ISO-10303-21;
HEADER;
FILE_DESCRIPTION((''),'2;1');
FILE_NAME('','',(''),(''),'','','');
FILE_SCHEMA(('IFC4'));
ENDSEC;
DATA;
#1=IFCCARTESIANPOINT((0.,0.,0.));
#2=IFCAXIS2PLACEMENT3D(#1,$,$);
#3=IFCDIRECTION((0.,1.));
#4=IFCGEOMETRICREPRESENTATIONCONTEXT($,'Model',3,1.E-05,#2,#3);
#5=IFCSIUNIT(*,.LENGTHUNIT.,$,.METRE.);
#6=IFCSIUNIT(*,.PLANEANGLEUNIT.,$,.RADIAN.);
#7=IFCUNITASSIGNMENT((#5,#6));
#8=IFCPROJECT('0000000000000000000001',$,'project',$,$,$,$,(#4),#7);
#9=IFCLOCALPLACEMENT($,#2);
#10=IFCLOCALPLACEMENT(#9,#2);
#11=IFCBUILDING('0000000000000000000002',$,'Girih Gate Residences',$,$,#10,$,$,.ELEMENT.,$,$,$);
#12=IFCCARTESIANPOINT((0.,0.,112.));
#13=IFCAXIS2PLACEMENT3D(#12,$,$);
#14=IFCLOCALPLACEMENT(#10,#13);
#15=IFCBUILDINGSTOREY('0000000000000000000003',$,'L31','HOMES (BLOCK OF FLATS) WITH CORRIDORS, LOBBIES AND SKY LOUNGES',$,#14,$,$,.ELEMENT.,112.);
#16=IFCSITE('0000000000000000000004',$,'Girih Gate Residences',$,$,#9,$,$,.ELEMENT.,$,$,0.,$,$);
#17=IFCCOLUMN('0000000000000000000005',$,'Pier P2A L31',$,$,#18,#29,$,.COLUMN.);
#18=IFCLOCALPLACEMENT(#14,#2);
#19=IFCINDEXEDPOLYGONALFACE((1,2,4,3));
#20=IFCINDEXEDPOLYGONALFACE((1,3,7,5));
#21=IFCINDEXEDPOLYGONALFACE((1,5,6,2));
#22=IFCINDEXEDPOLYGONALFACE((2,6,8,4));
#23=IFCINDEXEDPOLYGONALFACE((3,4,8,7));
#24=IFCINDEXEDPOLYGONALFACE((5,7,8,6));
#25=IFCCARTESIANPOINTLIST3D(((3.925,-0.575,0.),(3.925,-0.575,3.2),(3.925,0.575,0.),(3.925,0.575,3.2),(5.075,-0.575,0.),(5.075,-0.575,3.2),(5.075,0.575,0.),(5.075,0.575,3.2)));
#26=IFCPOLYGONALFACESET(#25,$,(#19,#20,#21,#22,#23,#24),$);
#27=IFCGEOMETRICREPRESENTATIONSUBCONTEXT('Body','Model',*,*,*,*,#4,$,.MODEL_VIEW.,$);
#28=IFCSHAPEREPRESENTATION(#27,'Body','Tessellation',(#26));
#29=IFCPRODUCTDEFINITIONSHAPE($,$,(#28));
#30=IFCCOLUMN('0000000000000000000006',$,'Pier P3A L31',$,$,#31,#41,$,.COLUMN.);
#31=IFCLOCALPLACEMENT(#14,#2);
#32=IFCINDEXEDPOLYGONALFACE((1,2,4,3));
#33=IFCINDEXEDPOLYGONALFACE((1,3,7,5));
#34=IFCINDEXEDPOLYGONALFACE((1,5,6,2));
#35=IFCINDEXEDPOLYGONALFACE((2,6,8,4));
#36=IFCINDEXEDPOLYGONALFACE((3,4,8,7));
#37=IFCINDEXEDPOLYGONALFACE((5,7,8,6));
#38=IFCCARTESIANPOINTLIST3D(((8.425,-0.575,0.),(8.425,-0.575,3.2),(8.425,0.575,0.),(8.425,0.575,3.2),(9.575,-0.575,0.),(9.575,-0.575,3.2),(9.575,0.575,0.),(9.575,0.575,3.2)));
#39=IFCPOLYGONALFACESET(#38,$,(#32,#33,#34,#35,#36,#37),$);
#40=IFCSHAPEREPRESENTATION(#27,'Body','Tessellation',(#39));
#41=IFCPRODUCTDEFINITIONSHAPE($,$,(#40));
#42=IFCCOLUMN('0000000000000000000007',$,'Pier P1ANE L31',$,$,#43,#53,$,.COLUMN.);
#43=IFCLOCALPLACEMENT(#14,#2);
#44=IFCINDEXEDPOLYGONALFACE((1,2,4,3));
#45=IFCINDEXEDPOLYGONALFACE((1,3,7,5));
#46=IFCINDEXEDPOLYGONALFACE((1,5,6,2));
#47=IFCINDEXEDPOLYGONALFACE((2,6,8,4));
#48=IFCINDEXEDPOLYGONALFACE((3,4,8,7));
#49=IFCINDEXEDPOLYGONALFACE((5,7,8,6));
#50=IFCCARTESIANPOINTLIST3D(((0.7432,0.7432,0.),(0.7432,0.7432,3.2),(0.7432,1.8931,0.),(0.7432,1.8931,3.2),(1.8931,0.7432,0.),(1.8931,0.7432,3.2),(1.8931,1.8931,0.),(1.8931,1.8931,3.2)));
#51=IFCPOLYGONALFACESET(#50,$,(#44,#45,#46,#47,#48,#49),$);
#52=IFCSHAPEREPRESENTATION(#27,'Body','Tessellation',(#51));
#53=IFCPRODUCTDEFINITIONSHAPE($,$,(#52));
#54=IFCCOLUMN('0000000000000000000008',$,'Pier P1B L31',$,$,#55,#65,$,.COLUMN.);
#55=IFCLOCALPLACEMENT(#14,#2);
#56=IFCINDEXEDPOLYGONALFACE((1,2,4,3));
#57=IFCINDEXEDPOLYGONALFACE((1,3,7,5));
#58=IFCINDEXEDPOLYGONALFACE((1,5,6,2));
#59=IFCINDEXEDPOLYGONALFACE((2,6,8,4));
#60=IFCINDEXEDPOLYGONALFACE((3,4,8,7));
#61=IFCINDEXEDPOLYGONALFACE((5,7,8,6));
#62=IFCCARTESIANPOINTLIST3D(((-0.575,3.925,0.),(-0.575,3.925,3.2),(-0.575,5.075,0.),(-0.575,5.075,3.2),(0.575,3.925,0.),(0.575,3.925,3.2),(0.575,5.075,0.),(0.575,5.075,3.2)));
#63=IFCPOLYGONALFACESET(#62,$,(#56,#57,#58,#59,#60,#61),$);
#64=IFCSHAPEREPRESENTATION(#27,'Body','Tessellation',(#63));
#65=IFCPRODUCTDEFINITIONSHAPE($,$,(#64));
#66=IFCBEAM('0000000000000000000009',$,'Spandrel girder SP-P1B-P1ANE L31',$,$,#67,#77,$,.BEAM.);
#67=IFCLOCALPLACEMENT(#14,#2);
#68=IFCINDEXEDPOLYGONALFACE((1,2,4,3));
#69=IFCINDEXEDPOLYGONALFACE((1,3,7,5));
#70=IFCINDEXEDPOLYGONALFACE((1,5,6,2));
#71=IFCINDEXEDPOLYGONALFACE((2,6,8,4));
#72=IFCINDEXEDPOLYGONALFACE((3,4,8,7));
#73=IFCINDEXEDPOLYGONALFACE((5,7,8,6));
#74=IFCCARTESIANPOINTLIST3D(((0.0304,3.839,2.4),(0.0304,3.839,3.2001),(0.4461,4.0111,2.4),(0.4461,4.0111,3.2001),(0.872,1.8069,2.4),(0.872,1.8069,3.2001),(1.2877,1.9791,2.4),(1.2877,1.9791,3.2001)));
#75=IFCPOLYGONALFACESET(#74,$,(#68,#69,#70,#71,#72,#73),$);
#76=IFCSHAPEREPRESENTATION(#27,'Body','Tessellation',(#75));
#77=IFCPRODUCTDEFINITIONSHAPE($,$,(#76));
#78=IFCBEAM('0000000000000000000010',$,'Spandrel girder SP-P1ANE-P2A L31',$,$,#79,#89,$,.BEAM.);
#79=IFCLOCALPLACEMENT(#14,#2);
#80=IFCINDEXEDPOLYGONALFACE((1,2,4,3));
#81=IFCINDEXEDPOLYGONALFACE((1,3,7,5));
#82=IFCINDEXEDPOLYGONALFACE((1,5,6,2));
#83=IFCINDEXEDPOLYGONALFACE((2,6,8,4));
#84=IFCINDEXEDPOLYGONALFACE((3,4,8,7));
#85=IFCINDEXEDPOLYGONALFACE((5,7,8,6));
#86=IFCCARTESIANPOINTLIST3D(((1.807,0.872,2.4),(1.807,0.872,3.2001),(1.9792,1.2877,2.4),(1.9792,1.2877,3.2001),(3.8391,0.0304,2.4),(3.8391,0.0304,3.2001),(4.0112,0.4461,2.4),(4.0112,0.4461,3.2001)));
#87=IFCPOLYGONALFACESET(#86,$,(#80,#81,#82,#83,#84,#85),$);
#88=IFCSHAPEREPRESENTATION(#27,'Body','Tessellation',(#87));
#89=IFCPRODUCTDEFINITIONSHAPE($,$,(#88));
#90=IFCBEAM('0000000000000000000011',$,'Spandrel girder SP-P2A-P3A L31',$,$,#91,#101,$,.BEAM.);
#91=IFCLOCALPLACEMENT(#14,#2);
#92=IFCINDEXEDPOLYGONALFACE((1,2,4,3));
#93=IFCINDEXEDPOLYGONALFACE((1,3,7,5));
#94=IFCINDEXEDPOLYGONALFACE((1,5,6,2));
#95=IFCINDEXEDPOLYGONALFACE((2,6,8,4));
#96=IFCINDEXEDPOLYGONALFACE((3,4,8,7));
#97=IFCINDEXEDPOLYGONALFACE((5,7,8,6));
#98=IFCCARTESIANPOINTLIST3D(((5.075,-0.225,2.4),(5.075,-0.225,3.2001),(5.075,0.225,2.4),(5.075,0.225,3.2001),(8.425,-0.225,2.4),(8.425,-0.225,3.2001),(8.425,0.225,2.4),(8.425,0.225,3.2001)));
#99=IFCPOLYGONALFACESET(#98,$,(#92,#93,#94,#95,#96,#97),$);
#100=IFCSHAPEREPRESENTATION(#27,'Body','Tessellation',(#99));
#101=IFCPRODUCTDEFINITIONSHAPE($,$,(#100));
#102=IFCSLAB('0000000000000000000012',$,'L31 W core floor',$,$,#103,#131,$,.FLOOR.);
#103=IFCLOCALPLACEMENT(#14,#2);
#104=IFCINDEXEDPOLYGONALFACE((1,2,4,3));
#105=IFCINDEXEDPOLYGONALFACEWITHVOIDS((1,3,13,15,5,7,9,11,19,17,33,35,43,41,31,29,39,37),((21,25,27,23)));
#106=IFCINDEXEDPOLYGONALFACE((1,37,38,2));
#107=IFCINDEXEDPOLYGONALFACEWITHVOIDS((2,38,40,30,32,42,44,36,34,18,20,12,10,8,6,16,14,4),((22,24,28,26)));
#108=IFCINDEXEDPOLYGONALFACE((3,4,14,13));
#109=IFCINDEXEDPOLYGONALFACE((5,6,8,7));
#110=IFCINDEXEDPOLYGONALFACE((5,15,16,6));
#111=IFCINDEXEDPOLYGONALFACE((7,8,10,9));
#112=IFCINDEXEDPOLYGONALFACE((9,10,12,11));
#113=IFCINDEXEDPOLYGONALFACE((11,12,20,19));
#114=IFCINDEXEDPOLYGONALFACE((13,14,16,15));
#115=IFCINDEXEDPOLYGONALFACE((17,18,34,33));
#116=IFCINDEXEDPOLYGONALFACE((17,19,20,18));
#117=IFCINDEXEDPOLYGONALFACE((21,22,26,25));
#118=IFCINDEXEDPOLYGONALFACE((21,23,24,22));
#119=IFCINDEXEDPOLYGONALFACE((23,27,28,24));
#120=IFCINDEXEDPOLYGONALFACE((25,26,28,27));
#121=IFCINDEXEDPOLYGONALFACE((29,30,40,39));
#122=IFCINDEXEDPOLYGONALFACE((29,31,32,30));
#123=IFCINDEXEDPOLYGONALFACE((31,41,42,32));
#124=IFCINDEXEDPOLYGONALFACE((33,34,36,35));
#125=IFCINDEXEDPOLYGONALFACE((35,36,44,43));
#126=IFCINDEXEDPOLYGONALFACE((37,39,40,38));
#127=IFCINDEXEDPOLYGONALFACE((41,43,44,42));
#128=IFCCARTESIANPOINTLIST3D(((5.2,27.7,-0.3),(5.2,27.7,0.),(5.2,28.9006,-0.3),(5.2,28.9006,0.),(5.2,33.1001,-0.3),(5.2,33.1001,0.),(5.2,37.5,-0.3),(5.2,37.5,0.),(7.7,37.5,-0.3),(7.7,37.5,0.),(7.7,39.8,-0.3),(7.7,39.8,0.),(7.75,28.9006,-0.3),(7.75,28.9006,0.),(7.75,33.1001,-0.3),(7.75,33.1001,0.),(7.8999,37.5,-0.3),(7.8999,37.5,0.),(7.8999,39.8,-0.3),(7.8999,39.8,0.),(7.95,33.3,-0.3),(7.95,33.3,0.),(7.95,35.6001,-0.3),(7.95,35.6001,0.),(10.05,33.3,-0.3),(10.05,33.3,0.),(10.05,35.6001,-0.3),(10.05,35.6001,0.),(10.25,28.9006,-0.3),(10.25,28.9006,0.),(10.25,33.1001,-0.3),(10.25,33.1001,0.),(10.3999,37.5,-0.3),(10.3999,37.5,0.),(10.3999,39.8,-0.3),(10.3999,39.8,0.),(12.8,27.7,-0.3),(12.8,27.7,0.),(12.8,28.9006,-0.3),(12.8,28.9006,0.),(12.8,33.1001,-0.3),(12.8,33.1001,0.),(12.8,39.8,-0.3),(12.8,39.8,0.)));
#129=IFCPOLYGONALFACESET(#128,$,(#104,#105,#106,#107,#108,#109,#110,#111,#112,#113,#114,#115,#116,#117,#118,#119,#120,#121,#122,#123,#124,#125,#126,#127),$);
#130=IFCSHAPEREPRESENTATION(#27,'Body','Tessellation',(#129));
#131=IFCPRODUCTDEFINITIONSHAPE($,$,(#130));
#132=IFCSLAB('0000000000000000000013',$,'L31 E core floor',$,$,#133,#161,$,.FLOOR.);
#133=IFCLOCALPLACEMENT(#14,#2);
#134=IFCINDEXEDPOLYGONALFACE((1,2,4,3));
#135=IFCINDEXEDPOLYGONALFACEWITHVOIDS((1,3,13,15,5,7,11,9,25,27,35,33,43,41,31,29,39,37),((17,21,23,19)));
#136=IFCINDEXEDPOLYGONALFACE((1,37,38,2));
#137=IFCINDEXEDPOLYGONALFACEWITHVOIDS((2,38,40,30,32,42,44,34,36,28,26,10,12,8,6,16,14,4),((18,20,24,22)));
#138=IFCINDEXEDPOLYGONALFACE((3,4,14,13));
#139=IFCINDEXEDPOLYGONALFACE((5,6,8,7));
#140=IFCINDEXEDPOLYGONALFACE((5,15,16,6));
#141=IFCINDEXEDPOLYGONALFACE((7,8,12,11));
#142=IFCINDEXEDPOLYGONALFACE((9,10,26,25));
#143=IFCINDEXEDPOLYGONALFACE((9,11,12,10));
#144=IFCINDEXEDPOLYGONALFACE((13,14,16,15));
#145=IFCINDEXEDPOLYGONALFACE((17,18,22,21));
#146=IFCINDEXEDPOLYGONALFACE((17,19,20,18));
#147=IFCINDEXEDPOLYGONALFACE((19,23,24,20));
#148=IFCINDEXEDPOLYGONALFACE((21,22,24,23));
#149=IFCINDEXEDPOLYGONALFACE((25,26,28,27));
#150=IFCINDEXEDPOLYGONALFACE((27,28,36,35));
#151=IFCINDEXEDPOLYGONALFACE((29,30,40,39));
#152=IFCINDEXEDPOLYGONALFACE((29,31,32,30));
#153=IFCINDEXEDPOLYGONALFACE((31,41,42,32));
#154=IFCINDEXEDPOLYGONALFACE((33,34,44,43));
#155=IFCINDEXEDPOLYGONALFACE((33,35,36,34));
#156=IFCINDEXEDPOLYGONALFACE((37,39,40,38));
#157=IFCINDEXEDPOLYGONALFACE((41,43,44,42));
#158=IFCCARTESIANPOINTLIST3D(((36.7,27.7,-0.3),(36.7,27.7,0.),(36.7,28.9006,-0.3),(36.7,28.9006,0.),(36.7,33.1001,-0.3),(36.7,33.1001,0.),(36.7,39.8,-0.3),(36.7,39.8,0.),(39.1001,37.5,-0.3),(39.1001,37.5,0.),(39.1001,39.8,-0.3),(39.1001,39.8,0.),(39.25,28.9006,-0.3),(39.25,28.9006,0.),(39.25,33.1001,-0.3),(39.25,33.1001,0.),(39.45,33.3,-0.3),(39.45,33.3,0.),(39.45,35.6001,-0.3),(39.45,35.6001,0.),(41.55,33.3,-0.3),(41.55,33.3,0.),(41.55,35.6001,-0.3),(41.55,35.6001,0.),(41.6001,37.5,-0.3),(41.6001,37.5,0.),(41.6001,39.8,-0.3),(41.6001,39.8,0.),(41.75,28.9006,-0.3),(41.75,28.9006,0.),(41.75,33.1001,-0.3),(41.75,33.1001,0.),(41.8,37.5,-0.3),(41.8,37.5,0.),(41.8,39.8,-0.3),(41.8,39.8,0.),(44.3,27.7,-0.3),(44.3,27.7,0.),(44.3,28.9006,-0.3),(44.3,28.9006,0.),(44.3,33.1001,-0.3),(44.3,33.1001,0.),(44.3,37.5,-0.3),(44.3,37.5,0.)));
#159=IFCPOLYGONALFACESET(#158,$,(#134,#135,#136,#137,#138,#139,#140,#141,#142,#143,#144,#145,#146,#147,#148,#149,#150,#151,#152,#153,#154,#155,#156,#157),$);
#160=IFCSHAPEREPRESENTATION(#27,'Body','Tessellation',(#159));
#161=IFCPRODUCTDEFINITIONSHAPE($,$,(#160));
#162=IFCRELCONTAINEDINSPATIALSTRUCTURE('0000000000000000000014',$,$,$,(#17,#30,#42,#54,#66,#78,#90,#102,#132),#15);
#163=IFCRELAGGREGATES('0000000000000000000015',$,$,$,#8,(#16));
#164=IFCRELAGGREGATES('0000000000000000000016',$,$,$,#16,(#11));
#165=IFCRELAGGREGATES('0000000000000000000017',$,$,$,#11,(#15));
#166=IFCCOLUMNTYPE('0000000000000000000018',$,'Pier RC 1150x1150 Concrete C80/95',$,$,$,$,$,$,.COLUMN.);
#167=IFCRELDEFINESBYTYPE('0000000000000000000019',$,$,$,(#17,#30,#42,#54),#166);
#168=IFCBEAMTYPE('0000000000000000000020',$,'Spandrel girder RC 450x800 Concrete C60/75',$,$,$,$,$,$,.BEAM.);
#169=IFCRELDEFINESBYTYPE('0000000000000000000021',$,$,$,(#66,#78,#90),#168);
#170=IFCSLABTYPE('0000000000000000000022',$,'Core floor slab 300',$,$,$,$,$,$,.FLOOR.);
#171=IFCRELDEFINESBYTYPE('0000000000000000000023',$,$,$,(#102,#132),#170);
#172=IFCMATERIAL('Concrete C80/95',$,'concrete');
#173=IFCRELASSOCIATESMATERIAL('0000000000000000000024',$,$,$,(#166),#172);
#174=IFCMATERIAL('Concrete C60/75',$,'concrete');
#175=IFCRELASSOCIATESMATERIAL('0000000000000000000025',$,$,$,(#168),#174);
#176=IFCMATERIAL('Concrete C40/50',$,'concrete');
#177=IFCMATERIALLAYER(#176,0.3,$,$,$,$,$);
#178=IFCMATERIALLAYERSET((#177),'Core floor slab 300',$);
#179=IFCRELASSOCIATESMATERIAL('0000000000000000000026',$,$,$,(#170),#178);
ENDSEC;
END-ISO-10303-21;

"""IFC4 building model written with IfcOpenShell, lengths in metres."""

from ifc_helpers import new_model, si_unit, direction, frame, origin, origin_2d, place, context, subcontext, project, spatial, polyline, rectangle, outline, extrude, material, layer, layer_set, material_profile, profile_set, type_object, element, save


model = new_model("IFC4")

# Units and contexts
model_context = context("Model", 3, precision=1e-05, world=origin(), true_north=direction((0.0, 1.0)))
body_context = subcontext(model_context, "Body", "Model", "MODEL_VIEW")
ifc_project = project(units=[si_unit("LENGTHUNIT", "METRE"), si_unit("PLANEANGLEUNIT", "RADIAN")], contexts=[model_context])

# Site, building, storey
site_placement = place(None, origin())
site = spatial("IfcSite", under=ifc_project, at=site_placement, Name="Girih Gate Residences", CompositionType="ELEMENT", RefElevation=0.0)
building_placement = place(site_placement, origin())
building = spatial("IfcBuilding", under=site, at=building_placement, Name="Girih Gate Residences", CompositionType="ELEMENT")
storey_placement = place(building_placement, frame((0.0, 0.0, 112.0)))
storey = spatial("IfcBuildingStorey", under=building, at=storey_placement, Name="L31", Description="HOMES (BLOCK OF FLATS) WITH CORRIDORS, LOBBIES AND SKY LOUNGES", CompositionType="ELEMENT", Elevation=112.0)

# Columns
ifc_material_1 = material(Name="Concrete C80/95", Category="concrete")
ifc_material_profile_1 = material_profile(ifc_material_1, rectangle(XDim=1.1499, YDim=1.1499, at=origin_2d()))
ifc_profile_set_1 = profile_set([ifc_material_profile_1], Name="Concrete C80/95")
column_type = type_object("IfcColumnType", Name="Pier RC 1150x1150 Concrete C80/95", PredefinedType="COLUMN", material=ifc_profile_set_1)
for number, where, z_axis, x_axis, name in (
    (1, (4.5, 0.0, 0.0), (0.0, 0.0, 1.0), (1.0, 0.0, 0.0), "Pier P2A L31"),
    (2, (9.0, 0.0, 0.0), (0.0, 0.0, 1.0), (1.0, 0.0, 0.0), "Pier P3A L31"),
    (3, (1.3181, 1.3181, 0.0), (0.0, 0.0, 1.0), (1.0, 0.0, 0.0), "Pier P1ANE L31"),
    (4, (0.0, 4.5, 0.0), (0.0, 0.0, 1.0), (1.0, 0.0, 0.0), "Pier P1B L31"),
):
    element("IfcColumn", number, at=place(storey_placement, frame(where, z_axis=z_axis, x_axis=x_axis)), inside=storey, type_object=column_type, Name=name, PredefinedType="COLUMN", context=body_context, shape_type="SweptSolid", body=[
        extrude(rectangle(XDim=1.1499, YDim=1.1499, at=origin_2d()), origin(), (0.0, 0.0, 1.0), 3.2),
    ])

# Beams
ifc_material_2 = material(Name="Concrete C60/75", Category="concrete")
ifc_material_profile_2 = material_profile(ifc_material_2, rectangle(XDim=0.45, YDim=0.8, at=origin_2d()))
ifc_profile_set_2 = profile_set([ifc_material_profile_2], Name="Concrete C60/75")
beam_type = type_object("IfcBeamType", Name="Spandrel girder RC 450x800 Concrete C60/75", PredefinedType="BEAM", material=ifc_profile_set_2)
for number, where, z_axis, x_axis, name in (
    (5, (0.2383, 3.925, 2.8), (0.382636, -0.923899, 0.0), (0.923899, 0.382636, 0.0), "Spandrel girder SP-P1B-P1ANE L31"),
    (6, (1.8931, 1.0798, 2.8), (0.923899, -0.382636, 0.0), (0.382636, 0.923899, 0.0), "Spandrel girder SP-P1ANE-P2A L31"),
):
    element("IfcBeam", number, at=place(storey_placement, frame(where, z_axis=z_axis, x_axis=x_axis)), inside=storey, type_object=beam_type, Name=name, PredefinedType="BEAM", context=body_context, shape_type="SweptSolid", body=[
        extrude(rectangle(XDim=0.45, YDim=0.8, at=origin_2d()), origin(), (0.0, 0.0, 1.0), 2.1995),
    ])
beam_placement = place(storey_placement, frame((5.075, 0.0, 2.8), z_axis=(1.0, 0.0, 0.0), x_axis=(0.0, 1.0, 0.0)))
element("IfcBeam", 7, at=beam_placement, inside=storey, type_object=beam_type, Name="Spandrel girder SP-P2A-P3A L31", PredefinedType="BEAM", context=body_context, shape_type="SweptSolid", body=[
    extrude(rectangle(XDim=0.45, YDim=0.8, at=origin_2d()), origin(), (0.0, 0.0, 1.0), 3.3501),
])

# Slabs
ifc_material_3 = material(Name="Concrete C40/50", Category="concrete")
ifc_layer_1 = layer(ifc_material_3, 0.3)
ifc_layer_set_1 = layer_set([ifc_layer_1], Name="Core floor slab 300")
slab_type_1 = type_object("IfcSlabType", Name="Core floor slab 300", PredefinedType="FLOOR", material=ifc_layer_set_1)
slab_1_placement = place(storey_placement, frame((0.0, 0.0, -0.3)))
element("IfcSlab", 8, at=slab_1_placement, inside=storey, type_object=slab_type_1, Name="L31 W core floor", PredefinedType="FLOOR", context=body_context, shape_type="SweptSolid", body=[
    extrude(outline(polyline([(12.8, 27.7), (5.2, 27.7), (5.2, 28.9006), (7.75, 28.9006), (7.75, 33.1001), (5.2, 33.1001), (5.2, 37.5), (7.7, 37.5), (7.7, 39.8), (7.8999, 39.8), (7.8999, 37.5), (10.3999, 37.5), (10.3999, 39.8), (12.8, 39.8), (12.8, 33.1001), (10.25, 33.1001), (10.25, 28.9006), (12.8, 28.9006), (12.8, 27.7)]), holes=[polyline([(7.95, 33.3), (10.05, 33.3), (10.05, 35.6001), (7.95, 35.6001), (7.95, 33.3)])]), origin(), (0.0, 0.0, 1.0), 0.3),
])
slab_2_placement = place(storey_placement, frame((0.0, 0.0, -0.3)))
element("IfcSlab", 9, at=slab_2_placement, inside=storey, type_object=slab_type_1, Name="L31 E core floor", PredefinedType="FLOOR", context=body_context, shape_type="SweptSolid", body=[
    extrude(outline(polyline([(44.3, 27.7), (36.7, 27.7), (36.7, 28.9006), (39.25, 28.9006), (39.25, 33.1001), (36.7, 33.1001), (36.7, 39.8), (39.1001, 39.8), (39.1001, 37.5), (41.6001, 37.5), (41.6001, 39.8), (41.8, 39.8), (41.8, 37.5), (44.3, 37.5), (44.3, 33.1001), (41.75, 33.1001), (41.75, 28.9006), (44.3, 28.9006), (44.3, 27.7)]), holes=[polyline([(39.45, 33.3), (41.55, 33.3), (41.55, 35.6001), (39.45, 35.6001), (39.45, 33.3)])]), origin(), (0.0, 0.0, 1.0), 0.3),
])

save(model, "model.ifc")
